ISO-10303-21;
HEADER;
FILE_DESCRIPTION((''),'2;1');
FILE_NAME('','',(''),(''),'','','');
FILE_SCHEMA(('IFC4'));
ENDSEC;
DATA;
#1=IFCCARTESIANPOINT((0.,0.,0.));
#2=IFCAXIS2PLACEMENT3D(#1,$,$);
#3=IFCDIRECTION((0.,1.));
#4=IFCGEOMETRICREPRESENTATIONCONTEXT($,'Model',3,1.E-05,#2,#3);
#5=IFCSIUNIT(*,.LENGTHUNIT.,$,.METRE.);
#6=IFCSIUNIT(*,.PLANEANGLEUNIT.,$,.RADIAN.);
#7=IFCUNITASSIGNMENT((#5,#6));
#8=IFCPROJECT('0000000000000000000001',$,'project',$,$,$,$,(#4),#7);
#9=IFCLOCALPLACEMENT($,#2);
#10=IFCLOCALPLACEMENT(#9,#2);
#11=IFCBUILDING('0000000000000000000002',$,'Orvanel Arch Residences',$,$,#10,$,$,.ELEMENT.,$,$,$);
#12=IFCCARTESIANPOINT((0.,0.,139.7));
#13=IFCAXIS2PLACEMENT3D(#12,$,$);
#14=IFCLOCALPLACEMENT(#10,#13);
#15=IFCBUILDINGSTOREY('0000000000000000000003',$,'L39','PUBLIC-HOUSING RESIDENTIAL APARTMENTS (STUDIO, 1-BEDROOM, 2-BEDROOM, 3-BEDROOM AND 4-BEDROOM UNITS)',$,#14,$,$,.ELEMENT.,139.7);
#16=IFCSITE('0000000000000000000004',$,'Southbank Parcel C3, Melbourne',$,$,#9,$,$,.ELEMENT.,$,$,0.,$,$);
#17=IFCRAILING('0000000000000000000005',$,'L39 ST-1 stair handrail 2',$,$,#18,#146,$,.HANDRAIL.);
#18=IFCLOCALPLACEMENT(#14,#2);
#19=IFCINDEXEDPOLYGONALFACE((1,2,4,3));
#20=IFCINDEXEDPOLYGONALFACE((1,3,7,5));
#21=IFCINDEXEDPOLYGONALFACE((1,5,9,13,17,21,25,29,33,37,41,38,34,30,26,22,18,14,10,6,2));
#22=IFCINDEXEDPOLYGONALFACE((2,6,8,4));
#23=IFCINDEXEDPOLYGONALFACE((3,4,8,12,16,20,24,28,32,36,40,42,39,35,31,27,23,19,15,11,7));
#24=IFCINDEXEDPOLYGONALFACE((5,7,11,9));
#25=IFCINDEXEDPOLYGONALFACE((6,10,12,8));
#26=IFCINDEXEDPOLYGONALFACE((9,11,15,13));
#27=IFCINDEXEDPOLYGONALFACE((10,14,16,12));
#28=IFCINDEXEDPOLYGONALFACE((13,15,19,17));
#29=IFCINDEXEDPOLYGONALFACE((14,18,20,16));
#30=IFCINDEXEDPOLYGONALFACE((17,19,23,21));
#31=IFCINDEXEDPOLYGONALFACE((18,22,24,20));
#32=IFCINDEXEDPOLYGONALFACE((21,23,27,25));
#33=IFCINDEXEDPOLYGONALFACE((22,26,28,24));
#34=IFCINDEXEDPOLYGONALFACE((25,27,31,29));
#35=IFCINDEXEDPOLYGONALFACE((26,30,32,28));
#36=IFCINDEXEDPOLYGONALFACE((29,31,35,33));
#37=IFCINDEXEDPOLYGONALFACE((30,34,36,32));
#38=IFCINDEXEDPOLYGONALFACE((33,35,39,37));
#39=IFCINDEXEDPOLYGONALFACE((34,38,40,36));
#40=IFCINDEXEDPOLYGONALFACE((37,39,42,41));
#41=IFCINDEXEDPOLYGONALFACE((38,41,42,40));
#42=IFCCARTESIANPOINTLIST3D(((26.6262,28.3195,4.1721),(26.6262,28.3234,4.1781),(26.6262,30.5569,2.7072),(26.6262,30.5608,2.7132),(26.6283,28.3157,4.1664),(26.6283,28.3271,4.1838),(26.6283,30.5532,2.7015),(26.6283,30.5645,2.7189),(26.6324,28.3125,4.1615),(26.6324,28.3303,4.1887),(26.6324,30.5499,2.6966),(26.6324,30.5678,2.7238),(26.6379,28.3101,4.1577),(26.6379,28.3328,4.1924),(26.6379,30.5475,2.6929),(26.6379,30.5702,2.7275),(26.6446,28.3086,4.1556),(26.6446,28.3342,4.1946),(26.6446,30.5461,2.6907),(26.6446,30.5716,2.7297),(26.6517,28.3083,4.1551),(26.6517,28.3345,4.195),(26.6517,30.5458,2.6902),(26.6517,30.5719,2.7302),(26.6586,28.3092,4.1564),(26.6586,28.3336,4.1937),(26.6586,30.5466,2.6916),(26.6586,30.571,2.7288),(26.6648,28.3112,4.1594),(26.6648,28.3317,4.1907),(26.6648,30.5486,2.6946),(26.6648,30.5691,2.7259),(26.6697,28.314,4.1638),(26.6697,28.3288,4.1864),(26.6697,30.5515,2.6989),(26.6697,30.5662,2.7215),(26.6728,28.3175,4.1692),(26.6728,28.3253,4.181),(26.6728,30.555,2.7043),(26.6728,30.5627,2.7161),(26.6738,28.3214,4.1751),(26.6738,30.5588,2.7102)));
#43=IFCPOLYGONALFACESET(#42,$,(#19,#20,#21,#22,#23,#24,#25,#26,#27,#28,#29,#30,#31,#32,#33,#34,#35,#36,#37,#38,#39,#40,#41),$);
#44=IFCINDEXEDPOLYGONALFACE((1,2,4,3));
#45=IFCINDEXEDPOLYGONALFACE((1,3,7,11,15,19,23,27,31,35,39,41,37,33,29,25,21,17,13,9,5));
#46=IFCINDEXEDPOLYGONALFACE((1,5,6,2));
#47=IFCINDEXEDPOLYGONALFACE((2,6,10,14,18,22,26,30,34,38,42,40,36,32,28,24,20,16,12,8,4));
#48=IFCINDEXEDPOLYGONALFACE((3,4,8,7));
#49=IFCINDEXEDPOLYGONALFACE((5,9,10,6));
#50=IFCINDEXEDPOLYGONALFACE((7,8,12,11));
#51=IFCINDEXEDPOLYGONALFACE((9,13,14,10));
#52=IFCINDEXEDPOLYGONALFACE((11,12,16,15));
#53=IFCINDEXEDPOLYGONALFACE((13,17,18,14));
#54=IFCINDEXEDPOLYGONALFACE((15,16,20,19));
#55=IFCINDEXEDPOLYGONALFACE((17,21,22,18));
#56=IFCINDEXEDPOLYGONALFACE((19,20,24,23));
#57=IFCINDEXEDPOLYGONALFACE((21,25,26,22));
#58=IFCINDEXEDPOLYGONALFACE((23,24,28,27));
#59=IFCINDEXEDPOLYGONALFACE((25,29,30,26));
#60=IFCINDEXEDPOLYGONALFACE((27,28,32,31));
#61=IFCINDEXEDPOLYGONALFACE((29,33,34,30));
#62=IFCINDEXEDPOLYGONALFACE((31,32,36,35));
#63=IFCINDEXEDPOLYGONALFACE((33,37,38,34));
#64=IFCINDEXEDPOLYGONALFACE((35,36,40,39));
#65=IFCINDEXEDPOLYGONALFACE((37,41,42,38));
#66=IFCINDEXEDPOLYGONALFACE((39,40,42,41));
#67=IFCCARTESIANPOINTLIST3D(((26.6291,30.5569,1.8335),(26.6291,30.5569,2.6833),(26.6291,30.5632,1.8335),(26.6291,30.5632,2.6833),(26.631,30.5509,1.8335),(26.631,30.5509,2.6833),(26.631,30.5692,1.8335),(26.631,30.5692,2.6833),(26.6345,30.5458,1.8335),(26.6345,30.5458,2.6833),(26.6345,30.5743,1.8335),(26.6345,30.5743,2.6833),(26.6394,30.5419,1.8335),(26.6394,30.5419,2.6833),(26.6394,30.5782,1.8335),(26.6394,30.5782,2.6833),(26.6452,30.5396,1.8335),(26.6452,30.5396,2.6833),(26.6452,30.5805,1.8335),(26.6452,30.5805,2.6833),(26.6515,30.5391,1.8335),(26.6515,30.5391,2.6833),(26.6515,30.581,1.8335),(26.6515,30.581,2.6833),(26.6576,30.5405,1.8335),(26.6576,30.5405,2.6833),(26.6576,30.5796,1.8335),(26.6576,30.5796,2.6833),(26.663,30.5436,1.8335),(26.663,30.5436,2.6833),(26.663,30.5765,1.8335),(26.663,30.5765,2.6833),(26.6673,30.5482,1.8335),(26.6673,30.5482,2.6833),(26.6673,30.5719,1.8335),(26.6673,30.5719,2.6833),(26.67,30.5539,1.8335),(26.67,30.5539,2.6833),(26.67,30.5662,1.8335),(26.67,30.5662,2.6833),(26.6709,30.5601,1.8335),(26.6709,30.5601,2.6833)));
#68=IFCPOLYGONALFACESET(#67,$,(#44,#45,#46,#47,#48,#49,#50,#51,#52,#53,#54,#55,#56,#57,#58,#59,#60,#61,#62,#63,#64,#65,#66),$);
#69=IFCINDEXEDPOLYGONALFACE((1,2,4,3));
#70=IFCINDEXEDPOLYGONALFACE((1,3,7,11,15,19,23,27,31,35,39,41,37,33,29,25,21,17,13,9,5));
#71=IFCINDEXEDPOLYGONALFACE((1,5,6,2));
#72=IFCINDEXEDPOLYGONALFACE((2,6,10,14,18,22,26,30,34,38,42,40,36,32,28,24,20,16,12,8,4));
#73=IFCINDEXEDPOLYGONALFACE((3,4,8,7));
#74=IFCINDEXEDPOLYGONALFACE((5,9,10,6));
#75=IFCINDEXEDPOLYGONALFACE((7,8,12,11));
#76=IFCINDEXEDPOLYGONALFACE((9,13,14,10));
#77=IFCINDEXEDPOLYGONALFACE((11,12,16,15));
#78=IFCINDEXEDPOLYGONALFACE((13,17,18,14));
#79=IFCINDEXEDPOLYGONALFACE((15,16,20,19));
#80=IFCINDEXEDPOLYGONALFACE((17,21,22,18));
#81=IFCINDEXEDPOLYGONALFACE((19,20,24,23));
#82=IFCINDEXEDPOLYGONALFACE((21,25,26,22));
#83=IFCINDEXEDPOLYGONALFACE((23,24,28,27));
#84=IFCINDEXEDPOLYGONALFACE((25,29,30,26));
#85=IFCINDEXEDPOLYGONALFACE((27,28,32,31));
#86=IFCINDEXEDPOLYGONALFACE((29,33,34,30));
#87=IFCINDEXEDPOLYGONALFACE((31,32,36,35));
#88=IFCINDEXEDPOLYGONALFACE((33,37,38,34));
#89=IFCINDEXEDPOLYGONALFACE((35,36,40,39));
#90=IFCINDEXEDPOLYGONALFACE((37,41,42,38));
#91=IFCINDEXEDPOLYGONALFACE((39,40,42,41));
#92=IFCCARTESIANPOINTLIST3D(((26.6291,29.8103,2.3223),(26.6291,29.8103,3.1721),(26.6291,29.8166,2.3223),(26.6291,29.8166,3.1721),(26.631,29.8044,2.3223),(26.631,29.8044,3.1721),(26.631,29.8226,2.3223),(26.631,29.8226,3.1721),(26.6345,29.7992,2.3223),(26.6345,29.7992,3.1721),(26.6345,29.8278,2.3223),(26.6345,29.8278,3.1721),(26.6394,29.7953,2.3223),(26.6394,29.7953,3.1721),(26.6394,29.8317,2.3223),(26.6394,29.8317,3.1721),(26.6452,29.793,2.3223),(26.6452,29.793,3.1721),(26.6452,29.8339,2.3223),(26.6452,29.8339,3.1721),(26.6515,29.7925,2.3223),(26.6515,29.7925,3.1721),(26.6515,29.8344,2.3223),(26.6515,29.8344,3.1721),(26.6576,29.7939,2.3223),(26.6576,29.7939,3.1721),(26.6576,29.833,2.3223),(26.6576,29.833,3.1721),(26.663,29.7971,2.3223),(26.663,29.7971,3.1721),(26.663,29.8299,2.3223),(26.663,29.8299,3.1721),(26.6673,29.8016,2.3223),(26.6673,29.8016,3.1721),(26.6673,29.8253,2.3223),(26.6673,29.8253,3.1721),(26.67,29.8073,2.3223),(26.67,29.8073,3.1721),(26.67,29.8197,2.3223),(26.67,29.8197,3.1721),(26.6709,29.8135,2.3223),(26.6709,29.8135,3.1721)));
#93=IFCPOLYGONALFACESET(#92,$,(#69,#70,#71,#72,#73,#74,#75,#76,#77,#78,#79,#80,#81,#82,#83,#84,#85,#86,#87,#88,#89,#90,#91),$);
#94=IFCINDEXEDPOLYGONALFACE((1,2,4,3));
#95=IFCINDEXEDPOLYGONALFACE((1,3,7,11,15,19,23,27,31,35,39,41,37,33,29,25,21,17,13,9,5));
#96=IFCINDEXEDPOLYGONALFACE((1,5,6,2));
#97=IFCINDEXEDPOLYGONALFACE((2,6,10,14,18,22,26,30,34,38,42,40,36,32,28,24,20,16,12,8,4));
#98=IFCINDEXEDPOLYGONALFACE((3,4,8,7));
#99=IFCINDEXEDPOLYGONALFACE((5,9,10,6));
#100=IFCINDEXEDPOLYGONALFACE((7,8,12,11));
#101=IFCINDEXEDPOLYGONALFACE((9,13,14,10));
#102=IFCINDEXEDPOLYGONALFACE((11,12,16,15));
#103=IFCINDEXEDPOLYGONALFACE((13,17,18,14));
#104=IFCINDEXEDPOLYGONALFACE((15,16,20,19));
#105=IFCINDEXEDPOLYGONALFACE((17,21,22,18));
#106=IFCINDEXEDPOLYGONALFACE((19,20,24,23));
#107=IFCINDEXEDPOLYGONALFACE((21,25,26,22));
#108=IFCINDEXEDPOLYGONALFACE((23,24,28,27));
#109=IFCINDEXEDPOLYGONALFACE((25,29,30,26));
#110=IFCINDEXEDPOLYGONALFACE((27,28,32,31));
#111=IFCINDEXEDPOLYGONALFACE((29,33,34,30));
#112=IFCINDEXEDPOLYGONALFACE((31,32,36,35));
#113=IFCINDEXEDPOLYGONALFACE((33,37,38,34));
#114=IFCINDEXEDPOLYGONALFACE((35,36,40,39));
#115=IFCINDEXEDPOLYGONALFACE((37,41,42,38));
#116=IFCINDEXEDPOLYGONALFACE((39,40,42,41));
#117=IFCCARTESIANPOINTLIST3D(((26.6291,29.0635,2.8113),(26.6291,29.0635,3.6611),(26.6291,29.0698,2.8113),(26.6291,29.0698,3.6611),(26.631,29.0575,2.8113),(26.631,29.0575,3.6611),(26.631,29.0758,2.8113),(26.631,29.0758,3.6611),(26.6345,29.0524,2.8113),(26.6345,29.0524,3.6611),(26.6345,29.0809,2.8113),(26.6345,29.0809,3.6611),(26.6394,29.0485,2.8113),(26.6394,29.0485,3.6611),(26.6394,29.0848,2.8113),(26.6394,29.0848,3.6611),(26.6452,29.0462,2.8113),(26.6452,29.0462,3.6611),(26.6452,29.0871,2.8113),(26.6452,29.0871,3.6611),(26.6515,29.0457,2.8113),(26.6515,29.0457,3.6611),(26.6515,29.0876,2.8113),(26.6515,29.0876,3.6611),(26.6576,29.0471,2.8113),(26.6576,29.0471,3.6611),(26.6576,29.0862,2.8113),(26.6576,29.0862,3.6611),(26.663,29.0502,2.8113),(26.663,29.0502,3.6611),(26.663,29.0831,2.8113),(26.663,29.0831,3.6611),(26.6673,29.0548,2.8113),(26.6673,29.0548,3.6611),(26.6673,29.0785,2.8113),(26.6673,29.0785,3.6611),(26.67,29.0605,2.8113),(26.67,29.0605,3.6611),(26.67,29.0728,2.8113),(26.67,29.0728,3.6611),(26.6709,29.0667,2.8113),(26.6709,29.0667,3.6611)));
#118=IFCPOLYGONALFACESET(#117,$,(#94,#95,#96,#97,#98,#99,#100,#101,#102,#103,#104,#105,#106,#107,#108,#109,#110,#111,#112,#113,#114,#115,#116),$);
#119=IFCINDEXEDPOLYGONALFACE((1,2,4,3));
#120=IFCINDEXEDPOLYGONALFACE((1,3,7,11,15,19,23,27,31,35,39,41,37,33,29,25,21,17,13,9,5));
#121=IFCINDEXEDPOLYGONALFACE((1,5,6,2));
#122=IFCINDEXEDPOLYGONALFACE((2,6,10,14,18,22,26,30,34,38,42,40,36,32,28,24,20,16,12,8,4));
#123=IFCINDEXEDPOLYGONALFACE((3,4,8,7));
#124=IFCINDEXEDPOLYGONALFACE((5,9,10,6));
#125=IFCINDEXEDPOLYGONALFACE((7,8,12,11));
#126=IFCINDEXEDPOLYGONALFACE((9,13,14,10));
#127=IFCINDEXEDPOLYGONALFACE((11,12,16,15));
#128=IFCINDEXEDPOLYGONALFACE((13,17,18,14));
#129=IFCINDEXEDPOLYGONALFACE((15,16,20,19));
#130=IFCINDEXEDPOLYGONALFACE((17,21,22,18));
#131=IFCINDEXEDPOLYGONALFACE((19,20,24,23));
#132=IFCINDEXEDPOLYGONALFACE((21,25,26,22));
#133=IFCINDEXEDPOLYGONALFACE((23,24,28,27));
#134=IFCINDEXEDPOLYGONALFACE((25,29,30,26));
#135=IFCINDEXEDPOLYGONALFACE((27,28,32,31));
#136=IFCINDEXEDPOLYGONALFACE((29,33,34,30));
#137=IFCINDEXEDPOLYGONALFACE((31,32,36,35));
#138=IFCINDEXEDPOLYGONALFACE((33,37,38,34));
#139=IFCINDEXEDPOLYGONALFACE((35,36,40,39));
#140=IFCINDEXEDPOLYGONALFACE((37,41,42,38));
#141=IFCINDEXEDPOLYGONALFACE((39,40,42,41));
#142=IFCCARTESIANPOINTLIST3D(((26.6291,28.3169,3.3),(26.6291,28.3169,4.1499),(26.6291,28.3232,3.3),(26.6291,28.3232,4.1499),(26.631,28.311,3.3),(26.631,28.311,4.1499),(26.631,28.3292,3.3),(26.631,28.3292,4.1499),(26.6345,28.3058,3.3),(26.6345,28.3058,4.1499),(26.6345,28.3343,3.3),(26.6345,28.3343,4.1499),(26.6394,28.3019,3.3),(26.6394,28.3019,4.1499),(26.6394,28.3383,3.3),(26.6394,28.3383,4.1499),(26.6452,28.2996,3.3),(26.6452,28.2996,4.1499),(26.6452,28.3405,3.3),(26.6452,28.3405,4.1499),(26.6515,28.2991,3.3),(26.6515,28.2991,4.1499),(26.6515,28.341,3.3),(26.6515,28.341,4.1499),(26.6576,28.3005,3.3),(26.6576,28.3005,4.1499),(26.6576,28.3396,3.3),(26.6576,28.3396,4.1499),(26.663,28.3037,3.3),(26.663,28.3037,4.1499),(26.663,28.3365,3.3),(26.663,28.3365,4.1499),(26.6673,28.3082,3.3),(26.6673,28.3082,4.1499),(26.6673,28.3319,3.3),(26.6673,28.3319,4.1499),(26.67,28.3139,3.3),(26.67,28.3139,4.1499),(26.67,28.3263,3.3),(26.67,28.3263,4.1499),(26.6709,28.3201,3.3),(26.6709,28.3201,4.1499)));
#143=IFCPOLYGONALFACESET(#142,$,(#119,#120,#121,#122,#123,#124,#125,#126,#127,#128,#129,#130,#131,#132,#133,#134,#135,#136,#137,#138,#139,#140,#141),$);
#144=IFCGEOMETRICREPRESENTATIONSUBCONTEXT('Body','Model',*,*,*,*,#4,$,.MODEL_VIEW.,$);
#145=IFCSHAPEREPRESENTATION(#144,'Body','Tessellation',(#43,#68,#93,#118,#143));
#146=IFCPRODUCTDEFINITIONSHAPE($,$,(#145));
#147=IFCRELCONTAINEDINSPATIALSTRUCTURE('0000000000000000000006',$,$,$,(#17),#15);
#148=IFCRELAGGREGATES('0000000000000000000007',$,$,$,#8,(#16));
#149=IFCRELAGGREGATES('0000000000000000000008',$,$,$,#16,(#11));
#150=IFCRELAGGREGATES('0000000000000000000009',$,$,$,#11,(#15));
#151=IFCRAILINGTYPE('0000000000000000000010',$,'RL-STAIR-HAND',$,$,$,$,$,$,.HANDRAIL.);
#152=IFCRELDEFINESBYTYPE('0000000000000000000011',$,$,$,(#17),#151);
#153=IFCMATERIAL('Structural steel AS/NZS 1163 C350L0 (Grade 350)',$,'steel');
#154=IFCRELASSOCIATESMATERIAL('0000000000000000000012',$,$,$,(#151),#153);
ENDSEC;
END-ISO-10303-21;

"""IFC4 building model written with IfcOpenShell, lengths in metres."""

from ifc_helpers import new_model, si_unit, direction, frame, origin, origin_2d, place, context, subcontext, project, spatial, circle, extrude, material, type_object, element, save


model = new_model("IFC4")

# Units and contexts
model_context = context("Model", 3, precision=1e-05, world=origin(), true_north=direction((0.0, 1.0)))
body_context = subcontext(model_context, "Body", "Model", "MODEL_VIEW")
ifc_project = project(units=[si_unit("LENGTHUNIT", "METRE"), si_unit("PLANEANGLEUNIT", "RADIAN")], contexts=[model_context])

# Site, building, storey
site_placement = place(None, origin())
site = spatial("IfcSite", under=ifc_project, at=site_placement, Name="Southbank Parcel C3, Melbourne", CompositionType="ELEMENT", RefElevation=0.0)
building_placement = place(site_placement, origin())
building = spatial("IfcBuilding", under=site, at=building_placement, Name="Orvanel Arch Residences", CompositionType="ELEMENT")
storey_placement = place(building_placement, frame((0.0, 0.0, 139.7)))
storey = spatial("IfcBuildingStorey", under=building, at=storey_placement, Name="L39", Description="PUBLIC-HOUSING RESIDENTIAL APARTMENTS (STUDIO, 1-BEDROOM, 2-BEDROOM, 3-BEDROOM AND 4-BEDROOM UNITS)", CompositionType="ELEMENT", Elevation=139.7)

# Railing
ifc_material_1 = material(Name="Structural steel AS/NZS 1163 C350L0 (Grade 350)", Category="steel")
railing_type_1 = type_object("IfcRailingType", Name="RL-STAIR-HAND", PredefinedType="HANDRAIL", material=ifc_material_1)
railing_1_placement = place(storey_placement, frame((26.6499, 30.5601, 1.8335)))
element("IfcRailing", 1, at=railing_1_placement, inside=storey, type_object=railing_type_1, Name="L39 ST-1 stair handrail 2", PredefinedType="HANDRAIL", context=body_context, shape_type="SweptSolid", body=[
    extrude(circle(Radius=0.0239, at=origin_2d()), frame((0.0, -0.0012, 0.8767), z_axis=(0.0, -0.836637, 0.547758), x_axis=(1.0, 0.0, 0.0)), (0.0, 0.0, 1.0), 2.6743),
    extrude(circle(Radius=0.021, at=origin_2d()), origin(), (0.0, 0.0, 1.0), 0.8499),
    extrude(circle(Radius=0.021, at=origin_2d()), frame((0.0, -0.7466, 0.4888)), (0.0, 0.0, 1.0), 0.8499),
    extrude(circle(Radius=0.021, at=origin_2d()), frame((0.0, -1.4934, 0.9778)), (0.0, 0.0, 1.0), 0.8499),
    extrude(circle(Radius=0.021, at=origin_2d()), frame((0.0, -2.24, 1.4666)), (0.0, 0.0, 1.0), 0.8499),
])

save(model, "model.ifc")
